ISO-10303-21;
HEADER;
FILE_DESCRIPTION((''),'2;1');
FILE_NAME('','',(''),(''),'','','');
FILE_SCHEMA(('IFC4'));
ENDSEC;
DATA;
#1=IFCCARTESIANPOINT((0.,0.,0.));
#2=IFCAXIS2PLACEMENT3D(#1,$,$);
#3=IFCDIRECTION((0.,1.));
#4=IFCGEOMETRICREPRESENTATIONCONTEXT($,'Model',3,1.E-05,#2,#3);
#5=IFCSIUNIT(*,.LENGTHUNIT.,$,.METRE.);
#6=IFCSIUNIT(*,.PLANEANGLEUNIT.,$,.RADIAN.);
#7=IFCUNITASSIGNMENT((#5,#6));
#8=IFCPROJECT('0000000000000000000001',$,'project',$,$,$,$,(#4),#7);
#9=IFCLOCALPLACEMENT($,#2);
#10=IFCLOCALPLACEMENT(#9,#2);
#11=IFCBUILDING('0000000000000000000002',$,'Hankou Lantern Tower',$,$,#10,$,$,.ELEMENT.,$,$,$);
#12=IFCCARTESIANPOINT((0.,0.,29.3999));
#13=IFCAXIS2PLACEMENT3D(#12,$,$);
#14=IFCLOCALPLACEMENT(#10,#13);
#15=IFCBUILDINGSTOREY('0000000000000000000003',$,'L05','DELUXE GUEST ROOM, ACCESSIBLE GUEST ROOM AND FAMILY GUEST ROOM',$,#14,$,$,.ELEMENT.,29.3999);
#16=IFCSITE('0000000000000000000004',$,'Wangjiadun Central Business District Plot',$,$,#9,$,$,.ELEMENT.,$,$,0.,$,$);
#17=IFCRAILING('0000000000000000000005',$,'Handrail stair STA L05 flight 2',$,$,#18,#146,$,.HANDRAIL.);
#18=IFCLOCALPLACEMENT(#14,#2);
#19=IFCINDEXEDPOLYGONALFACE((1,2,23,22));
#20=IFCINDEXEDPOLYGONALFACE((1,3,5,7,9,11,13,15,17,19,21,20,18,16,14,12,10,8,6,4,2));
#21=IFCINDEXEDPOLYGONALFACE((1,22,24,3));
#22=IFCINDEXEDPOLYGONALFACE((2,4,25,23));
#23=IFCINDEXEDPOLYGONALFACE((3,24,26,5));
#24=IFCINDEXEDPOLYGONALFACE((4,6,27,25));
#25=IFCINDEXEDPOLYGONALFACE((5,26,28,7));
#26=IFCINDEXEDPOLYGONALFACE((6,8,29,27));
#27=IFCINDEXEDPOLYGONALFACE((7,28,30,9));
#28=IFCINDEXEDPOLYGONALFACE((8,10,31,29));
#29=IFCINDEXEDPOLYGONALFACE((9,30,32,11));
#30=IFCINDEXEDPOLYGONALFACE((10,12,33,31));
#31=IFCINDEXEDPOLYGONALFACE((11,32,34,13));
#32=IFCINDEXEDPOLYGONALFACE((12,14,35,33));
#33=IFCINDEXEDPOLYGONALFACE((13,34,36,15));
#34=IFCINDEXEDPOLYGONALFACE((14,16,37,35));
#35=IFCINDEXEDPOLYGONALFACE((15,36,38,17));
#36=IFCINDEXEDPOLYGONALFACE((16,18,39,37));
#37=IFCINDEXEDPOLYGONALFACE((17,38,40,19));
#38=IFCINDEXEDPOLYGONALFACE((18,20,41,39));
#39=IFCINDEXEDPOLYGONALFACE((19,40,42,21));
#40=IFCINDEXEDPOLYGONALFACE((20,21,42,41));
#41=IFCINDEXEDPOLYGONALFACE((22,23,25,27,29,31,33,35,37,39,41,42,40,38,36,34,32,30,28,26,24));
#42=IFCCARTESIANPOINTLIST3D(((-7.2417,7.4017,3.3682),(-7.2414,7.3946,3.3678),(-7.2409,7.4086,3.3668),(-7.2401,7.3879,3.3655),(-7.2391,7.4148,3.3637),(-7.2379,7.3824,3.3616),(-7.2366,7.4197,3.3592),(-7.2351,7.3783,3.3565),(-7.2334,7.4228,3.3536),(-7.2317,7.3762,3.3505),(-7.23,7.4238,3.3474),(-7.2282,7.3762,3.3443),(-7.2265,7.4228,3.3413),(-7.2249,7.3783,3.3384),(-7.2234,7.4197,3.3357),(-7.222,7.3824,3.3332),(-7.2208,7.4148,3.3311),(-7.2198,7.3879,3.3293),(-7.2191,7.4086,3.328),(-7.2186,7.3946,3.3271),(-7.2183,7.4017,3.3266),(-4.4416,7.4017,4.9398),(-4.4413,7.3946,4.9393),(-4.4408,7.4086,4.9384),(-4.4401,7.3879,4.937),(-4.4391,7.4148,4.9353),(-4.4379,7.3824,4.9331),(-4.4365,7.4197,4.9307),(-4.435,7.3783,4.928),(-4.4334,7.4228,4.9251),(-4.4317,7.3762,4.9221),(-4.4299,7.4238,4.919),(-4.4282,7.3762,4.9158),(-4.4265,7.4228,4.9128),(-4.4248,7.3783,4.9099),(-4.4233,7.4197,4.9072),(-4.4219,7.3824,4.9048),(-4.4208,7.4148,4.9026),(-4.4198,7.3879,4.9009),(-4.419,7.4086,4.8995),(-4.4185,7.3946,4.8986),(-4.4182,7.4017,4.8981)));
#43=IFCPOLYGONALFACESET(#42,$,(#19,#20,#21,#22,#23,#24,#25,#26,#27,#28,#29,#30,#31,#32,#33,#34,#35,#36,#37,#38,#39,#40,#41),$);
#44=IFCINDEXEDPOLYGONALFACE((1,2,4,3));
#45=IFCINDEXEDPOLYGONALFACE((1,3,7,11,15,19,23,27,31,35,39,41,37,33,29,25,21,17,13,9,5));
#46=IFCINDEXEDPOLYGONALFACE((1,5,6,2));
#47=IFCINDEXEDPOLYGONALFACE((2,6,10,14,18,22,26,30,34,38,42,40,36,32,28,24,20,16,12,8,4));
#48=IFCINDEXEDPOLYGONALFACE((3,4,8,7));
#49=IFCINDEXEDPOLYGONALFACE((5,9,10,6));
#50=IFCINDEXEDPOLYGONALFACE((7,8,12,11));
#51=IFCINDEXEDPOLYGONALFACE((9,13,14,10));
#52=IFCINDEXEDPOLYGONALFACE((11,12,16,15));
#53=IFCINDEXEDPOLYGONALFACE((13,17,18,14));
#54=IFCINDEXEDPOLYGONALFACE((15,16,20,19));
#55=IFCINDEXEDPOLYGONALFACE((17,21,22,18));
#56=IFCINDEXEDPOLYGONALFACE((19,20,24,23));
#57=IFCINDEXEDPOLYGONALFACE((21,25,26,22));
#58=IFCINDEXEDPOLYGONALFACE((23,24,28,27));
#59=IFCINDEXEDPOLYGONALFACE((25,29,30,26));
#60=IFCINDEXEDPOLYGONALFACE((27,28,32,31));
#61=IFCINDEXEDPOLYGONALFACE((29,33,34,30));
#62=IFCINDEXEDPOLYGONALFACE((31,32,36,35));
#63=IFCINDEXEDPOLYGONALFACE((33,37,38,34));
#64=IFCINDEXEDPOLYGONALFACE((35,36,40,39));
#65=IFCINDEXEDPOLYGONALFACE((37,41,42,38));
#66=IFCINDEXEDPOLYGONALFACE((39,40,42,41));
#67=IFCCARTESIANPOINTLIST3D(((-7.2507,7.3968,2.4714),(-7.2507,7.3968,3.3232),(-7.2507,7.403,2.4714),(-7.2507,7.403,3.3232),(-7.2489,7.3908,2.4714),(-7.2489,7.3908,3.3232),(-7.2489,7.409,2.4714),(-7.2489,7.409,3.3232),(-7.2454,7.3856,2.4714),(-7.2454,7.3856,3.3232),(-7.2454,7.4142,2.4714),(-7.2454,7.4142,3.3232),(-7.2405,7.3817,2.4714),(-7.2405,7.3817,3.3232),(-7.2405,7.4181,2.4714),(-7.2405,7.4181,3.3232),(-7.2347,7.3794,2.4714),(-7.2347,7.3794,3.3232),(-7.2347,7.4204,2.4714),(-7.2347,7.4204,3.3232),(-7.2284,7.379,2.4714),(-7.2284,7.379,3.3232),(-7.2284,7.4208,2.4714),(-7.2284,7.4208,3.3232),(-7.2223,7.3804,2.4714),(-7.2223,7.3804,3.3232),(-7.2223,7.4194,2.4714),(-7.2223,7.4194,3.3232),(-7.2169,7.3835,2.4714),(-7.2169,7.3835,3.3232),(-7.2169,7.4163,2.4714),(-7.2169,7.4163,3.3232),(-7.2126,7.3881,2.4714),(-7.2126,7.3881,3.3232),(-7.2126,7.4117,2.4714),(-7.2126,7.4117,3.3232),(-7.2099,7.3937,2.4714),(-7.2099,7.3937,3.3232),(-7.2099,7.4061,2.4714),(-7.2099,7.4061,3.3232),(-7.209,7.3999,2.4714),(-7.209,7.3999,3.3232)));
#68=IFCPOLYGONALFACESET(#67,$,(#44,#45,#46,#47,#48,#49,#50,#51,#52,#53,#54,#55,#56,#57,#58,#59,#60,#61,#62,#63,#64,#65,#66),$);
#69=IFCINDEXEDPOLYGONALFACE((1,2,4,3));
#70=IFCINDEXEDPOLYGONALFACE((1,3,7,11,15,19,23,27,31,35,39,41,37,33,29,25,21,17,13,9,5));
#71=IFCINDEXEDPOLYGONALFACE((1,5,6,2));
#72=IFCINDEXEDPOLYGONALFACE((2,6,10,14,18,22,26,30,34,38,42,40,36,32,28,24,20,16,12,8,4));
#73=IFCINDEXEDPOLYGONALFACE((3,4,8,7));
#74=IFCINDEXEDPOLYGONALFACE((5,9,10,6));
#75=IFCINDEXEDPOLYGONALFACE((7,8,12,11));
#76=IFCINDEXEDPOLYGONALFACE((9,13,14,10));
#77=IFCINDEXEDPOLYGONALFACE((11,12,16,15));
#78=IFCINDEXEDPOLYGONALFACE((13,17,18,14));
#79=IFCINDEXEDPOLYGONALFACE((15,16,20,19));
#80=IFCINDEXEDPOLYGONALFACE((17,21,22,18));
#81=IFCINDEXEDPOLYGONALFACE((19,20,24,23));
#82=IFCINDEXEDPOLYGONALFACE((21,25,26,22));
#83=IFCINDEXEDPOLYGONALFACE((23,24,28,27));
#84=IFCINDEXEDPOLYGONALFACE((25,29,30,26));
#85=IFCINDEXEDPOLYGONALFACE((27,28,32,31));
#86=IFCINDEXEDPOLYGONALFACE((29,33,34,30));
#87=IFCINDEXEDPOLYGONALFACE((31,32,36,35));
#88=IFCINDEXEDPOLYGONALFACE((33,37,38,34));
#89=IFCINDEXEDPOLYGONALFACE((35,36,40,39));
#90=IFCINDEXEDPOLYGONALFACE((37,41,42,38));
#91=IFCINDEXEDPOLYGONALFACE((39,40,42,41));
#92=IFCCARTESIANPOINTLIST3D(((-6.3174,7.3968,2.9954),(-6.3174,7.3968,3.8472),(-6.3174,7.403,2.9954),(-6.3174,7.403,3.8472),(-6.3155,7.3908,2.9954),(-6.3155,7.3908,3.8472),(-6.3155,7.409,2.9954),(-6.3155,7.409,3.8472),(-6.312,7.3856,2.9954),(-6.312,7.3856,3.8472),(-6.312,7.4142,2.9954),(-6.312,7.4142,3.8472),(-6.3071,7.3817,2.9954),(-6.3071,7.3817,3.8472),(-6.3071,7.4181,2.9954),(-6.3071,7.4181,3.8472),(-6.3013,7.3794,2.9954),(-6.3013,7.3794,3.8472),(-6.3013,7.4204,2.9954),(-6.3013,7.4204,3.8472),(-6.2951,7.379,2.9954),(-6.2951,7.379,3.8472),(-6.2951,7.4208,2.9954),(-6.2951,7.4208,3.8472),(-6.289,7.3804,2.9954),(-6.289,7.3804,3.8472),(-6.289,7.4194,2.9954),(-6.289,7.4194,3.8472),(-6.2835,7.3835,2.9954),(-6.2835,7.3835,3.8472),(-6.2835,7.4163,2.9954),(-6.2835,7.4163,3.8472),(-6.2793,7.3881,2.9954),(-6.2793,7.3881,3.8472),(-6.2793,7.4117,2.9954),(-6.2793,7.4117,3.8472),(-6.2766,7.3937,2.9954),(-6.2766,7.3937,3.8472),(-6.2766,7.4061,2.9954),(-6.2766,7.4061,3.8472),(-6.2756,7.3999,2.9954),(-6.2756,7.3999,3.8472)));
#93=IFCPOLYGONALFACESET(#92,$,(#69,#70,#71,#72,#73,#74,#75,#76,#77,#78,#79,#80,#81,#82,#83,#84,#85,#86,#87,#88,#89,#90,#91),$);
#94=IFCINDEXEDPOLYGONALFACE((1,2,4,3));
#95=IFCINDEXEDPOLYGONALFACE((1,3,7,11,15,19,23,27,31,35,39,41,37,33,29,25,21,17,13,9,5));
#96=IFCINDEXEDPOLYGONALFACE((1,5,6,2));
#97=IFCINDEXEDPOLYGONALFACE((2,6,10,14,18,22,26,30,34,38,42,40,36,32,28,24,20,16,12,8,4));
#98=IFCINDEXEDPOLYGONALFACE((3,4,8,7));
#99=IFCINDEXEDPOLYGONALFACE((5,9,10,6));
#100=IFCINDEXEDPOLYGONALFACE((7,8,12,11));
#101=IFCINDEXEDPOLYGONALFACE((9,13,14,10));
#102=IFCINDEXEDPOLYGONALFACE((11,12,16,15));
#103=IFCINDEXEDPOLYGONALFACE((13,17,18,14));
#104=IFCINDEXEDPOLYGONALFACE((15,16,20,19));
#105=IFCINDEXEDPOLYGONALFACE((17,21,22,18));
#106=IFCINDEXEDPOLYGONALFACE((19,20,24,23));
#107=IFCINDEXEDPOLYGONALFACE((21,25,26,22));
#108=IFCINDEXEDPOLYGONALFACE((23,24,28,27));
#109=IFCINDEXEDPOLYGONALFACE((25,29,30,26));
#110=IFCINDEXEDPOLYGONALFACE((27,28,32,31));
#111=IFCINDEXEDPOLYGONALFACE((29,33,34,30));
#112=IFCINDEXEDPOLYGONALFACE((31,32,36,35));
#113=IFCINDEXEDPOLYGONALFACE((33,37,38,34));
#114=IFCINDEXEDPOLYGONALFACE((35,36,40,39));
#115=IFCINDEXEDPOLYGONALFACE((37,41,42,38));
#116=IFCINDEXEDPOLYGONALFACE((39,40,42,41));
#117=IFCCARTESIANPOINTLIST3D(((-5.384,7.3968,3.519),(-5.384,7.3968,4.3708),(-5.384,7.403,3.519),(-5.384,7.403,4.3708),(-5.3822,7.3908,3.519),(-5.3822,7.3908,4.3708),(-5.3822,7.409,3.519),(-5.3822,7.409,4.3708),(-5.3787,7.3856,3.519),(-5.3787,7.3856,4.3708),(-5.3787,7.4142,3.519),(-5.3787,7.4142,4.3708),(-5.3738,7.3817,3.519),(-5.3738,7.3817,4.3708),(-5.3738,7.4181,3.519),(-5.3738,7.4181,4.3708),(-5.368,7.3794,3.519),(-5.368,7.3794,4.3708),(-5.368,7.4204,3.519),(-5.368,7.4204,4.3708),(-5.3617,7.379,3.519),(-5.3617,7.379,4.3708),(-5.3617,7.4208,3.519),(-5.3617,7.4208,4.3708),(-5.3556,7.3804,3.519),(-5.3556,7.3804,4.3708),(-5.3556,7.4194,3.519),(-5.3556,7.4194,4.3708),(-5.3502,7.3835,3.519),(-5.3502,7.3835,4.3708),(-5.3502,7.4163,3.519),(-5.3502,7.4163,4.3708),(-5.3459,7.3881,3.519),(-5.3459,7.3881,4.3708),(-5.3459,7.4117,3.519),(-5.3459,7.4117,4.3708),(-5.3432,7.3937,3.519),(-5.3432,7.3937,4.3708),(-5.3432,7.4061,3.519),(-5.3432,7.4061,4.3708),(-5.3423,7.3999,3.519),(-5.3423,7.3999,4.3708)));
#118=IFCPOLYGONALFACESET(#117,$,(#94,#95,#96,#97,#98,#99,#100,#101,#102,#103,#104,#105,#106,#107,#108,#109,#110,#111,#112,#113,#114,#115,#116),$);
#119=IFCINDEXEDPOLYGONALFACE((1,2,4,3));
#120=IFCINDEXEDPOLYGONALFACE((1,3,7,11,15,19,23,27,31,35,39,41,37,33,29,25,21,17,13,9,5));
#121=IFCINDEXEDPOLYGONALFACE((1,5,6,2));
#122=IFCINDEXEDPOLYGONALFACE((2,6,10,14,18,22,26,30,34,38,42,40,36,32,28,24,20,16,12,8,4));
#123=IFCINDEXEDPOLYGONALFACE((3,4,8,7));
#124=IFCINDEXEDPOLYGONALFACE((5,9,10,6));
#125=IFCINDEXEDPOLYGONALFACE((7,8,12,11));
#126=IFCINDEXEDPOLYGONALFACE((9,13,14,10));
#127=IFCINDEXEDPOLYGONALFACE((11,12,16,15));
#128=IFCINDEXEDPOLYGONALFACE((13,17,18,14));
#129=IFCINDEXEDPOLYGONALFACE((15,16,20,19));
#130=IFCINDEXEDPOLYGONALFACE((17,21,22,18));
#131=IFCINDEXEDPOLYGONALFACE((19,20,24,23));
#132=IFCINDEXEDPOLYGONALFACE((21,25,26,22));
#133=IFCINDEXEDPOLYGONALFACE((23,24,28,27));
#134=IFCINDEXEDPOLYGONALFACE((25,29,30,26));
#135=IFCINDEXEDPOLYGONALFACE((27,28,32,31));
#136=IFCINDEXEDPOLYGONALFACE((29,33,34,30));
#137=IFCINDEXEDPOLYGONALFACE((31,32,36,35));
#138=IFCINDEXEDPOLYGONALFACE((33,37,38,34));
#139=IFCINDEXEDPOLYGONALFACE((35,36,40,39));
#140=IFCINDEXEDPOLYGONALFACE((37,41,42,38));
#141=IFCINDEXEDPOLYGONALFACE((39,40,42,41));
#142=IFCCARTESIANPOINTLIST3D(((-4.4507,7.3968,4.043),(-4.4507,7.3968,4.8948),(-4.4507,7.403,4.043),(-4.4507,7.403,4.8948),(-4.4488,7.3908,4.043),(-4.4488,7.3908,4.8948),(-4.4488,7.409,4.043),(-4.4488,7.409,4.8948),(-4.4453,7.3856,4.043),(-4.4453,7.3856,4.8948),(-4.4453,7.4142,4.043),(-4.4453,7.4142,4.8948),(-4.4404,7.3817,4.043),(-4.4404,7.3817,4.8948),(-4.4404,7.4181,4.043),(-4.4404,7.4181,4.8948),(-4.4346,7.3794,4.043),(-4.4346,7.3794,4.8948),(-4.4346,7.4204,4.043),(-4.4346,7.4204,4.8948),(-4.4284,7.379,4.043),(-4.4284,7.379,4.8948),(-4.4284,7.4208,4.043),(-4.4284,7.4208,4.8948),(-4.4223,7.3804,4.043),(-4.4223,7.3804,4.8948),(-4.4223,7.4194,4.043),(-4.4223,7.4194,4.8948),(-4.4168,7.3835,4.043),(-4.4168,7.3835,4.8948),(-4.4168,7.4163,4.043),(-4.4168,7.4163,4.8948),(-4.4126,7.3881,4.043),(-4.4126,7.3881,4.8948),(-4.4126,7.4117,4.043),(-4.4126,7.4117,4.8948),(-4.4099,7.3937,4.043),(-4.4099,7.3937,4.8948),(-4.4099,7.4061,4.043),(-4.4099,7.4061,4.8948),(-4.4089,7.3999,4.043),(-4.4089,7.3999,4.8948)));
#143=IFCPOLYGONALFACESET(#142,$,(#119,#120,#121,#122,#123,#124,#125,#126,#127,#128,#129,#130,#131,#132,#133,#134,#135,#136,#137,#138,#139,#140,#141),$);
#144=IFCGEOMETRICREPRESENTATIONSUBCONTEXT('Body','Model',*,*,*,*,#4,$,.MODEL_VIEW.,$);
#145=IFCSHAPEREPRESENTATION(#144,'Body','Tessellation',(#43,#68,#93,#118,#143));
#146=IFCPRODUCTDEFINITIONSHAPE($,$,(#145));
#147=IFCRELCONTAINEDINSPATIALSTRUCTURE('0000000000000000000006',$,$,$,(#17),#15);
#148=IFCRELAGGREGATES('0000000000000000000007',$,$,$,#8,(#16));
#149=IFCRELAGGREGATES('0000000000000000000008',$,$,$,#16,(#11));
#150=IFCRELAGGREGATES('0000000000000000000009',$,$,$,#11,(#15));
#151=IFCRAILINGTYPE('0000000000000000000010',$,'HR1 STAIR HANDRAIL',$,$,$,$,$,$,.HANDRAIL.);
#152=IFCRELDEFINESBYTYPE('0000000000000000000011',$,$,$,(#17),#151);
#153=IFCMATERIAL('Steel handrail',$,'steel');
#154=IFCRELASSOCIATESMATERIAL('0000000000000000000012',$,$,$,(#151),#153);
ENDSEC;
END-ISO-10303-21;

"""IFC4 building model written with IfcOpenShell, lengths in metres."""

from ifc_helpers import new_model, si_unit, direction, frame, origin, origin_2d, place, context, subcontext, project, spatial, circle, extrude, material, type_object, element, save


model = new_model("IFC4")

# Units and contexts
model_context = context("Model", 3, precision=1e-05, world=origin(), true_north=direction((0.0, 1.0)))
body_context = subcontext(model_context, "Body", "Model", "MODEL_VIEW")
ifc_project = project(units=[si_unit("LENGTHUNIT", "METRE"), si_unit("PLANEANGLEUNIT", "RADIAN")], contexts=[model_context])

# Site, building, storey
site_placement = place(None, origin())
site = spatial("IfcSite", under=ifc_project, at=site_placement, Name="Wangjiadun Central Business District Plot", CompositionType="ELEMENT", RefElevation=0.0)
building_placement = place(site_placement, origin())
building = spatial("IfcBuilding", under=site, at=building_placement, Name="Hankou Lantern Tower", CompositionType="ELEMENT")
storey_placement = place(building_placement, frame((0.0, 0.0, 29.3999)))
storey = spatial("IfcBuildingStorey", under=building, at=storey_placement, Name="L05", Description="DELUXE GUEST ROOM, ACCESSIBLE GUEST ROOM AND FAMILY GUEST ROOM", CompositionType="ELEMENT", Elevation=29.3999)

# Railing
ifc_material_1 = material(Name="Steel handrail", Category="steel")
railing_type = type_object("IfcRailingType", Name="HR1 STAIR HANDRAIL", PredefinedType="HANDRAIL", material=ifc_material_1)
railing_1_placement = place(storey_placement, frame((-7.23, 7.3999, 2.4714)))
element("IfcRailing", 1, at=railing_1_placement, inside=storey, type_object=railing_type, Name="Handrail stair STA L05 flight 2", PredefinedType="HANDRAIL", context=body_context, shape_type="SweptSolid", body=[
    extrude(circle(Radius=0.0239, at=origin_2d()), frame((0.0, 0.0, 0.876), z_axis=(0.87204, 0.0, 0.489434), x_axis=(0.0, 1.0, 0.0)), (0.0, 0.0, 1.0), 3.2109),
    extrude(circle(Radius=0.021, at=origin_2d()), origin(), (0.0, 0.0, 1.0), 0.8518),
    extrude(circle(Radius=0.021, at=origin_2d()), frame((0.9333, 0.0, 0.5239)), (0.0, 0.0, 1.0), 0.8518),
    extrude(circle(Radius=0.021, at=origin_2d()), frame((1.8667, 0.0, 1.0476)), (0.0, 0.0, 1.0), 0.8518),
    extrude(circle(Radius=0.021, at=origin_2d()), frame((2.8, 0.0, 1.5715)), (0.0, 0.0, 1.0), 0.8518),
])

save(model, "model.ifc")
